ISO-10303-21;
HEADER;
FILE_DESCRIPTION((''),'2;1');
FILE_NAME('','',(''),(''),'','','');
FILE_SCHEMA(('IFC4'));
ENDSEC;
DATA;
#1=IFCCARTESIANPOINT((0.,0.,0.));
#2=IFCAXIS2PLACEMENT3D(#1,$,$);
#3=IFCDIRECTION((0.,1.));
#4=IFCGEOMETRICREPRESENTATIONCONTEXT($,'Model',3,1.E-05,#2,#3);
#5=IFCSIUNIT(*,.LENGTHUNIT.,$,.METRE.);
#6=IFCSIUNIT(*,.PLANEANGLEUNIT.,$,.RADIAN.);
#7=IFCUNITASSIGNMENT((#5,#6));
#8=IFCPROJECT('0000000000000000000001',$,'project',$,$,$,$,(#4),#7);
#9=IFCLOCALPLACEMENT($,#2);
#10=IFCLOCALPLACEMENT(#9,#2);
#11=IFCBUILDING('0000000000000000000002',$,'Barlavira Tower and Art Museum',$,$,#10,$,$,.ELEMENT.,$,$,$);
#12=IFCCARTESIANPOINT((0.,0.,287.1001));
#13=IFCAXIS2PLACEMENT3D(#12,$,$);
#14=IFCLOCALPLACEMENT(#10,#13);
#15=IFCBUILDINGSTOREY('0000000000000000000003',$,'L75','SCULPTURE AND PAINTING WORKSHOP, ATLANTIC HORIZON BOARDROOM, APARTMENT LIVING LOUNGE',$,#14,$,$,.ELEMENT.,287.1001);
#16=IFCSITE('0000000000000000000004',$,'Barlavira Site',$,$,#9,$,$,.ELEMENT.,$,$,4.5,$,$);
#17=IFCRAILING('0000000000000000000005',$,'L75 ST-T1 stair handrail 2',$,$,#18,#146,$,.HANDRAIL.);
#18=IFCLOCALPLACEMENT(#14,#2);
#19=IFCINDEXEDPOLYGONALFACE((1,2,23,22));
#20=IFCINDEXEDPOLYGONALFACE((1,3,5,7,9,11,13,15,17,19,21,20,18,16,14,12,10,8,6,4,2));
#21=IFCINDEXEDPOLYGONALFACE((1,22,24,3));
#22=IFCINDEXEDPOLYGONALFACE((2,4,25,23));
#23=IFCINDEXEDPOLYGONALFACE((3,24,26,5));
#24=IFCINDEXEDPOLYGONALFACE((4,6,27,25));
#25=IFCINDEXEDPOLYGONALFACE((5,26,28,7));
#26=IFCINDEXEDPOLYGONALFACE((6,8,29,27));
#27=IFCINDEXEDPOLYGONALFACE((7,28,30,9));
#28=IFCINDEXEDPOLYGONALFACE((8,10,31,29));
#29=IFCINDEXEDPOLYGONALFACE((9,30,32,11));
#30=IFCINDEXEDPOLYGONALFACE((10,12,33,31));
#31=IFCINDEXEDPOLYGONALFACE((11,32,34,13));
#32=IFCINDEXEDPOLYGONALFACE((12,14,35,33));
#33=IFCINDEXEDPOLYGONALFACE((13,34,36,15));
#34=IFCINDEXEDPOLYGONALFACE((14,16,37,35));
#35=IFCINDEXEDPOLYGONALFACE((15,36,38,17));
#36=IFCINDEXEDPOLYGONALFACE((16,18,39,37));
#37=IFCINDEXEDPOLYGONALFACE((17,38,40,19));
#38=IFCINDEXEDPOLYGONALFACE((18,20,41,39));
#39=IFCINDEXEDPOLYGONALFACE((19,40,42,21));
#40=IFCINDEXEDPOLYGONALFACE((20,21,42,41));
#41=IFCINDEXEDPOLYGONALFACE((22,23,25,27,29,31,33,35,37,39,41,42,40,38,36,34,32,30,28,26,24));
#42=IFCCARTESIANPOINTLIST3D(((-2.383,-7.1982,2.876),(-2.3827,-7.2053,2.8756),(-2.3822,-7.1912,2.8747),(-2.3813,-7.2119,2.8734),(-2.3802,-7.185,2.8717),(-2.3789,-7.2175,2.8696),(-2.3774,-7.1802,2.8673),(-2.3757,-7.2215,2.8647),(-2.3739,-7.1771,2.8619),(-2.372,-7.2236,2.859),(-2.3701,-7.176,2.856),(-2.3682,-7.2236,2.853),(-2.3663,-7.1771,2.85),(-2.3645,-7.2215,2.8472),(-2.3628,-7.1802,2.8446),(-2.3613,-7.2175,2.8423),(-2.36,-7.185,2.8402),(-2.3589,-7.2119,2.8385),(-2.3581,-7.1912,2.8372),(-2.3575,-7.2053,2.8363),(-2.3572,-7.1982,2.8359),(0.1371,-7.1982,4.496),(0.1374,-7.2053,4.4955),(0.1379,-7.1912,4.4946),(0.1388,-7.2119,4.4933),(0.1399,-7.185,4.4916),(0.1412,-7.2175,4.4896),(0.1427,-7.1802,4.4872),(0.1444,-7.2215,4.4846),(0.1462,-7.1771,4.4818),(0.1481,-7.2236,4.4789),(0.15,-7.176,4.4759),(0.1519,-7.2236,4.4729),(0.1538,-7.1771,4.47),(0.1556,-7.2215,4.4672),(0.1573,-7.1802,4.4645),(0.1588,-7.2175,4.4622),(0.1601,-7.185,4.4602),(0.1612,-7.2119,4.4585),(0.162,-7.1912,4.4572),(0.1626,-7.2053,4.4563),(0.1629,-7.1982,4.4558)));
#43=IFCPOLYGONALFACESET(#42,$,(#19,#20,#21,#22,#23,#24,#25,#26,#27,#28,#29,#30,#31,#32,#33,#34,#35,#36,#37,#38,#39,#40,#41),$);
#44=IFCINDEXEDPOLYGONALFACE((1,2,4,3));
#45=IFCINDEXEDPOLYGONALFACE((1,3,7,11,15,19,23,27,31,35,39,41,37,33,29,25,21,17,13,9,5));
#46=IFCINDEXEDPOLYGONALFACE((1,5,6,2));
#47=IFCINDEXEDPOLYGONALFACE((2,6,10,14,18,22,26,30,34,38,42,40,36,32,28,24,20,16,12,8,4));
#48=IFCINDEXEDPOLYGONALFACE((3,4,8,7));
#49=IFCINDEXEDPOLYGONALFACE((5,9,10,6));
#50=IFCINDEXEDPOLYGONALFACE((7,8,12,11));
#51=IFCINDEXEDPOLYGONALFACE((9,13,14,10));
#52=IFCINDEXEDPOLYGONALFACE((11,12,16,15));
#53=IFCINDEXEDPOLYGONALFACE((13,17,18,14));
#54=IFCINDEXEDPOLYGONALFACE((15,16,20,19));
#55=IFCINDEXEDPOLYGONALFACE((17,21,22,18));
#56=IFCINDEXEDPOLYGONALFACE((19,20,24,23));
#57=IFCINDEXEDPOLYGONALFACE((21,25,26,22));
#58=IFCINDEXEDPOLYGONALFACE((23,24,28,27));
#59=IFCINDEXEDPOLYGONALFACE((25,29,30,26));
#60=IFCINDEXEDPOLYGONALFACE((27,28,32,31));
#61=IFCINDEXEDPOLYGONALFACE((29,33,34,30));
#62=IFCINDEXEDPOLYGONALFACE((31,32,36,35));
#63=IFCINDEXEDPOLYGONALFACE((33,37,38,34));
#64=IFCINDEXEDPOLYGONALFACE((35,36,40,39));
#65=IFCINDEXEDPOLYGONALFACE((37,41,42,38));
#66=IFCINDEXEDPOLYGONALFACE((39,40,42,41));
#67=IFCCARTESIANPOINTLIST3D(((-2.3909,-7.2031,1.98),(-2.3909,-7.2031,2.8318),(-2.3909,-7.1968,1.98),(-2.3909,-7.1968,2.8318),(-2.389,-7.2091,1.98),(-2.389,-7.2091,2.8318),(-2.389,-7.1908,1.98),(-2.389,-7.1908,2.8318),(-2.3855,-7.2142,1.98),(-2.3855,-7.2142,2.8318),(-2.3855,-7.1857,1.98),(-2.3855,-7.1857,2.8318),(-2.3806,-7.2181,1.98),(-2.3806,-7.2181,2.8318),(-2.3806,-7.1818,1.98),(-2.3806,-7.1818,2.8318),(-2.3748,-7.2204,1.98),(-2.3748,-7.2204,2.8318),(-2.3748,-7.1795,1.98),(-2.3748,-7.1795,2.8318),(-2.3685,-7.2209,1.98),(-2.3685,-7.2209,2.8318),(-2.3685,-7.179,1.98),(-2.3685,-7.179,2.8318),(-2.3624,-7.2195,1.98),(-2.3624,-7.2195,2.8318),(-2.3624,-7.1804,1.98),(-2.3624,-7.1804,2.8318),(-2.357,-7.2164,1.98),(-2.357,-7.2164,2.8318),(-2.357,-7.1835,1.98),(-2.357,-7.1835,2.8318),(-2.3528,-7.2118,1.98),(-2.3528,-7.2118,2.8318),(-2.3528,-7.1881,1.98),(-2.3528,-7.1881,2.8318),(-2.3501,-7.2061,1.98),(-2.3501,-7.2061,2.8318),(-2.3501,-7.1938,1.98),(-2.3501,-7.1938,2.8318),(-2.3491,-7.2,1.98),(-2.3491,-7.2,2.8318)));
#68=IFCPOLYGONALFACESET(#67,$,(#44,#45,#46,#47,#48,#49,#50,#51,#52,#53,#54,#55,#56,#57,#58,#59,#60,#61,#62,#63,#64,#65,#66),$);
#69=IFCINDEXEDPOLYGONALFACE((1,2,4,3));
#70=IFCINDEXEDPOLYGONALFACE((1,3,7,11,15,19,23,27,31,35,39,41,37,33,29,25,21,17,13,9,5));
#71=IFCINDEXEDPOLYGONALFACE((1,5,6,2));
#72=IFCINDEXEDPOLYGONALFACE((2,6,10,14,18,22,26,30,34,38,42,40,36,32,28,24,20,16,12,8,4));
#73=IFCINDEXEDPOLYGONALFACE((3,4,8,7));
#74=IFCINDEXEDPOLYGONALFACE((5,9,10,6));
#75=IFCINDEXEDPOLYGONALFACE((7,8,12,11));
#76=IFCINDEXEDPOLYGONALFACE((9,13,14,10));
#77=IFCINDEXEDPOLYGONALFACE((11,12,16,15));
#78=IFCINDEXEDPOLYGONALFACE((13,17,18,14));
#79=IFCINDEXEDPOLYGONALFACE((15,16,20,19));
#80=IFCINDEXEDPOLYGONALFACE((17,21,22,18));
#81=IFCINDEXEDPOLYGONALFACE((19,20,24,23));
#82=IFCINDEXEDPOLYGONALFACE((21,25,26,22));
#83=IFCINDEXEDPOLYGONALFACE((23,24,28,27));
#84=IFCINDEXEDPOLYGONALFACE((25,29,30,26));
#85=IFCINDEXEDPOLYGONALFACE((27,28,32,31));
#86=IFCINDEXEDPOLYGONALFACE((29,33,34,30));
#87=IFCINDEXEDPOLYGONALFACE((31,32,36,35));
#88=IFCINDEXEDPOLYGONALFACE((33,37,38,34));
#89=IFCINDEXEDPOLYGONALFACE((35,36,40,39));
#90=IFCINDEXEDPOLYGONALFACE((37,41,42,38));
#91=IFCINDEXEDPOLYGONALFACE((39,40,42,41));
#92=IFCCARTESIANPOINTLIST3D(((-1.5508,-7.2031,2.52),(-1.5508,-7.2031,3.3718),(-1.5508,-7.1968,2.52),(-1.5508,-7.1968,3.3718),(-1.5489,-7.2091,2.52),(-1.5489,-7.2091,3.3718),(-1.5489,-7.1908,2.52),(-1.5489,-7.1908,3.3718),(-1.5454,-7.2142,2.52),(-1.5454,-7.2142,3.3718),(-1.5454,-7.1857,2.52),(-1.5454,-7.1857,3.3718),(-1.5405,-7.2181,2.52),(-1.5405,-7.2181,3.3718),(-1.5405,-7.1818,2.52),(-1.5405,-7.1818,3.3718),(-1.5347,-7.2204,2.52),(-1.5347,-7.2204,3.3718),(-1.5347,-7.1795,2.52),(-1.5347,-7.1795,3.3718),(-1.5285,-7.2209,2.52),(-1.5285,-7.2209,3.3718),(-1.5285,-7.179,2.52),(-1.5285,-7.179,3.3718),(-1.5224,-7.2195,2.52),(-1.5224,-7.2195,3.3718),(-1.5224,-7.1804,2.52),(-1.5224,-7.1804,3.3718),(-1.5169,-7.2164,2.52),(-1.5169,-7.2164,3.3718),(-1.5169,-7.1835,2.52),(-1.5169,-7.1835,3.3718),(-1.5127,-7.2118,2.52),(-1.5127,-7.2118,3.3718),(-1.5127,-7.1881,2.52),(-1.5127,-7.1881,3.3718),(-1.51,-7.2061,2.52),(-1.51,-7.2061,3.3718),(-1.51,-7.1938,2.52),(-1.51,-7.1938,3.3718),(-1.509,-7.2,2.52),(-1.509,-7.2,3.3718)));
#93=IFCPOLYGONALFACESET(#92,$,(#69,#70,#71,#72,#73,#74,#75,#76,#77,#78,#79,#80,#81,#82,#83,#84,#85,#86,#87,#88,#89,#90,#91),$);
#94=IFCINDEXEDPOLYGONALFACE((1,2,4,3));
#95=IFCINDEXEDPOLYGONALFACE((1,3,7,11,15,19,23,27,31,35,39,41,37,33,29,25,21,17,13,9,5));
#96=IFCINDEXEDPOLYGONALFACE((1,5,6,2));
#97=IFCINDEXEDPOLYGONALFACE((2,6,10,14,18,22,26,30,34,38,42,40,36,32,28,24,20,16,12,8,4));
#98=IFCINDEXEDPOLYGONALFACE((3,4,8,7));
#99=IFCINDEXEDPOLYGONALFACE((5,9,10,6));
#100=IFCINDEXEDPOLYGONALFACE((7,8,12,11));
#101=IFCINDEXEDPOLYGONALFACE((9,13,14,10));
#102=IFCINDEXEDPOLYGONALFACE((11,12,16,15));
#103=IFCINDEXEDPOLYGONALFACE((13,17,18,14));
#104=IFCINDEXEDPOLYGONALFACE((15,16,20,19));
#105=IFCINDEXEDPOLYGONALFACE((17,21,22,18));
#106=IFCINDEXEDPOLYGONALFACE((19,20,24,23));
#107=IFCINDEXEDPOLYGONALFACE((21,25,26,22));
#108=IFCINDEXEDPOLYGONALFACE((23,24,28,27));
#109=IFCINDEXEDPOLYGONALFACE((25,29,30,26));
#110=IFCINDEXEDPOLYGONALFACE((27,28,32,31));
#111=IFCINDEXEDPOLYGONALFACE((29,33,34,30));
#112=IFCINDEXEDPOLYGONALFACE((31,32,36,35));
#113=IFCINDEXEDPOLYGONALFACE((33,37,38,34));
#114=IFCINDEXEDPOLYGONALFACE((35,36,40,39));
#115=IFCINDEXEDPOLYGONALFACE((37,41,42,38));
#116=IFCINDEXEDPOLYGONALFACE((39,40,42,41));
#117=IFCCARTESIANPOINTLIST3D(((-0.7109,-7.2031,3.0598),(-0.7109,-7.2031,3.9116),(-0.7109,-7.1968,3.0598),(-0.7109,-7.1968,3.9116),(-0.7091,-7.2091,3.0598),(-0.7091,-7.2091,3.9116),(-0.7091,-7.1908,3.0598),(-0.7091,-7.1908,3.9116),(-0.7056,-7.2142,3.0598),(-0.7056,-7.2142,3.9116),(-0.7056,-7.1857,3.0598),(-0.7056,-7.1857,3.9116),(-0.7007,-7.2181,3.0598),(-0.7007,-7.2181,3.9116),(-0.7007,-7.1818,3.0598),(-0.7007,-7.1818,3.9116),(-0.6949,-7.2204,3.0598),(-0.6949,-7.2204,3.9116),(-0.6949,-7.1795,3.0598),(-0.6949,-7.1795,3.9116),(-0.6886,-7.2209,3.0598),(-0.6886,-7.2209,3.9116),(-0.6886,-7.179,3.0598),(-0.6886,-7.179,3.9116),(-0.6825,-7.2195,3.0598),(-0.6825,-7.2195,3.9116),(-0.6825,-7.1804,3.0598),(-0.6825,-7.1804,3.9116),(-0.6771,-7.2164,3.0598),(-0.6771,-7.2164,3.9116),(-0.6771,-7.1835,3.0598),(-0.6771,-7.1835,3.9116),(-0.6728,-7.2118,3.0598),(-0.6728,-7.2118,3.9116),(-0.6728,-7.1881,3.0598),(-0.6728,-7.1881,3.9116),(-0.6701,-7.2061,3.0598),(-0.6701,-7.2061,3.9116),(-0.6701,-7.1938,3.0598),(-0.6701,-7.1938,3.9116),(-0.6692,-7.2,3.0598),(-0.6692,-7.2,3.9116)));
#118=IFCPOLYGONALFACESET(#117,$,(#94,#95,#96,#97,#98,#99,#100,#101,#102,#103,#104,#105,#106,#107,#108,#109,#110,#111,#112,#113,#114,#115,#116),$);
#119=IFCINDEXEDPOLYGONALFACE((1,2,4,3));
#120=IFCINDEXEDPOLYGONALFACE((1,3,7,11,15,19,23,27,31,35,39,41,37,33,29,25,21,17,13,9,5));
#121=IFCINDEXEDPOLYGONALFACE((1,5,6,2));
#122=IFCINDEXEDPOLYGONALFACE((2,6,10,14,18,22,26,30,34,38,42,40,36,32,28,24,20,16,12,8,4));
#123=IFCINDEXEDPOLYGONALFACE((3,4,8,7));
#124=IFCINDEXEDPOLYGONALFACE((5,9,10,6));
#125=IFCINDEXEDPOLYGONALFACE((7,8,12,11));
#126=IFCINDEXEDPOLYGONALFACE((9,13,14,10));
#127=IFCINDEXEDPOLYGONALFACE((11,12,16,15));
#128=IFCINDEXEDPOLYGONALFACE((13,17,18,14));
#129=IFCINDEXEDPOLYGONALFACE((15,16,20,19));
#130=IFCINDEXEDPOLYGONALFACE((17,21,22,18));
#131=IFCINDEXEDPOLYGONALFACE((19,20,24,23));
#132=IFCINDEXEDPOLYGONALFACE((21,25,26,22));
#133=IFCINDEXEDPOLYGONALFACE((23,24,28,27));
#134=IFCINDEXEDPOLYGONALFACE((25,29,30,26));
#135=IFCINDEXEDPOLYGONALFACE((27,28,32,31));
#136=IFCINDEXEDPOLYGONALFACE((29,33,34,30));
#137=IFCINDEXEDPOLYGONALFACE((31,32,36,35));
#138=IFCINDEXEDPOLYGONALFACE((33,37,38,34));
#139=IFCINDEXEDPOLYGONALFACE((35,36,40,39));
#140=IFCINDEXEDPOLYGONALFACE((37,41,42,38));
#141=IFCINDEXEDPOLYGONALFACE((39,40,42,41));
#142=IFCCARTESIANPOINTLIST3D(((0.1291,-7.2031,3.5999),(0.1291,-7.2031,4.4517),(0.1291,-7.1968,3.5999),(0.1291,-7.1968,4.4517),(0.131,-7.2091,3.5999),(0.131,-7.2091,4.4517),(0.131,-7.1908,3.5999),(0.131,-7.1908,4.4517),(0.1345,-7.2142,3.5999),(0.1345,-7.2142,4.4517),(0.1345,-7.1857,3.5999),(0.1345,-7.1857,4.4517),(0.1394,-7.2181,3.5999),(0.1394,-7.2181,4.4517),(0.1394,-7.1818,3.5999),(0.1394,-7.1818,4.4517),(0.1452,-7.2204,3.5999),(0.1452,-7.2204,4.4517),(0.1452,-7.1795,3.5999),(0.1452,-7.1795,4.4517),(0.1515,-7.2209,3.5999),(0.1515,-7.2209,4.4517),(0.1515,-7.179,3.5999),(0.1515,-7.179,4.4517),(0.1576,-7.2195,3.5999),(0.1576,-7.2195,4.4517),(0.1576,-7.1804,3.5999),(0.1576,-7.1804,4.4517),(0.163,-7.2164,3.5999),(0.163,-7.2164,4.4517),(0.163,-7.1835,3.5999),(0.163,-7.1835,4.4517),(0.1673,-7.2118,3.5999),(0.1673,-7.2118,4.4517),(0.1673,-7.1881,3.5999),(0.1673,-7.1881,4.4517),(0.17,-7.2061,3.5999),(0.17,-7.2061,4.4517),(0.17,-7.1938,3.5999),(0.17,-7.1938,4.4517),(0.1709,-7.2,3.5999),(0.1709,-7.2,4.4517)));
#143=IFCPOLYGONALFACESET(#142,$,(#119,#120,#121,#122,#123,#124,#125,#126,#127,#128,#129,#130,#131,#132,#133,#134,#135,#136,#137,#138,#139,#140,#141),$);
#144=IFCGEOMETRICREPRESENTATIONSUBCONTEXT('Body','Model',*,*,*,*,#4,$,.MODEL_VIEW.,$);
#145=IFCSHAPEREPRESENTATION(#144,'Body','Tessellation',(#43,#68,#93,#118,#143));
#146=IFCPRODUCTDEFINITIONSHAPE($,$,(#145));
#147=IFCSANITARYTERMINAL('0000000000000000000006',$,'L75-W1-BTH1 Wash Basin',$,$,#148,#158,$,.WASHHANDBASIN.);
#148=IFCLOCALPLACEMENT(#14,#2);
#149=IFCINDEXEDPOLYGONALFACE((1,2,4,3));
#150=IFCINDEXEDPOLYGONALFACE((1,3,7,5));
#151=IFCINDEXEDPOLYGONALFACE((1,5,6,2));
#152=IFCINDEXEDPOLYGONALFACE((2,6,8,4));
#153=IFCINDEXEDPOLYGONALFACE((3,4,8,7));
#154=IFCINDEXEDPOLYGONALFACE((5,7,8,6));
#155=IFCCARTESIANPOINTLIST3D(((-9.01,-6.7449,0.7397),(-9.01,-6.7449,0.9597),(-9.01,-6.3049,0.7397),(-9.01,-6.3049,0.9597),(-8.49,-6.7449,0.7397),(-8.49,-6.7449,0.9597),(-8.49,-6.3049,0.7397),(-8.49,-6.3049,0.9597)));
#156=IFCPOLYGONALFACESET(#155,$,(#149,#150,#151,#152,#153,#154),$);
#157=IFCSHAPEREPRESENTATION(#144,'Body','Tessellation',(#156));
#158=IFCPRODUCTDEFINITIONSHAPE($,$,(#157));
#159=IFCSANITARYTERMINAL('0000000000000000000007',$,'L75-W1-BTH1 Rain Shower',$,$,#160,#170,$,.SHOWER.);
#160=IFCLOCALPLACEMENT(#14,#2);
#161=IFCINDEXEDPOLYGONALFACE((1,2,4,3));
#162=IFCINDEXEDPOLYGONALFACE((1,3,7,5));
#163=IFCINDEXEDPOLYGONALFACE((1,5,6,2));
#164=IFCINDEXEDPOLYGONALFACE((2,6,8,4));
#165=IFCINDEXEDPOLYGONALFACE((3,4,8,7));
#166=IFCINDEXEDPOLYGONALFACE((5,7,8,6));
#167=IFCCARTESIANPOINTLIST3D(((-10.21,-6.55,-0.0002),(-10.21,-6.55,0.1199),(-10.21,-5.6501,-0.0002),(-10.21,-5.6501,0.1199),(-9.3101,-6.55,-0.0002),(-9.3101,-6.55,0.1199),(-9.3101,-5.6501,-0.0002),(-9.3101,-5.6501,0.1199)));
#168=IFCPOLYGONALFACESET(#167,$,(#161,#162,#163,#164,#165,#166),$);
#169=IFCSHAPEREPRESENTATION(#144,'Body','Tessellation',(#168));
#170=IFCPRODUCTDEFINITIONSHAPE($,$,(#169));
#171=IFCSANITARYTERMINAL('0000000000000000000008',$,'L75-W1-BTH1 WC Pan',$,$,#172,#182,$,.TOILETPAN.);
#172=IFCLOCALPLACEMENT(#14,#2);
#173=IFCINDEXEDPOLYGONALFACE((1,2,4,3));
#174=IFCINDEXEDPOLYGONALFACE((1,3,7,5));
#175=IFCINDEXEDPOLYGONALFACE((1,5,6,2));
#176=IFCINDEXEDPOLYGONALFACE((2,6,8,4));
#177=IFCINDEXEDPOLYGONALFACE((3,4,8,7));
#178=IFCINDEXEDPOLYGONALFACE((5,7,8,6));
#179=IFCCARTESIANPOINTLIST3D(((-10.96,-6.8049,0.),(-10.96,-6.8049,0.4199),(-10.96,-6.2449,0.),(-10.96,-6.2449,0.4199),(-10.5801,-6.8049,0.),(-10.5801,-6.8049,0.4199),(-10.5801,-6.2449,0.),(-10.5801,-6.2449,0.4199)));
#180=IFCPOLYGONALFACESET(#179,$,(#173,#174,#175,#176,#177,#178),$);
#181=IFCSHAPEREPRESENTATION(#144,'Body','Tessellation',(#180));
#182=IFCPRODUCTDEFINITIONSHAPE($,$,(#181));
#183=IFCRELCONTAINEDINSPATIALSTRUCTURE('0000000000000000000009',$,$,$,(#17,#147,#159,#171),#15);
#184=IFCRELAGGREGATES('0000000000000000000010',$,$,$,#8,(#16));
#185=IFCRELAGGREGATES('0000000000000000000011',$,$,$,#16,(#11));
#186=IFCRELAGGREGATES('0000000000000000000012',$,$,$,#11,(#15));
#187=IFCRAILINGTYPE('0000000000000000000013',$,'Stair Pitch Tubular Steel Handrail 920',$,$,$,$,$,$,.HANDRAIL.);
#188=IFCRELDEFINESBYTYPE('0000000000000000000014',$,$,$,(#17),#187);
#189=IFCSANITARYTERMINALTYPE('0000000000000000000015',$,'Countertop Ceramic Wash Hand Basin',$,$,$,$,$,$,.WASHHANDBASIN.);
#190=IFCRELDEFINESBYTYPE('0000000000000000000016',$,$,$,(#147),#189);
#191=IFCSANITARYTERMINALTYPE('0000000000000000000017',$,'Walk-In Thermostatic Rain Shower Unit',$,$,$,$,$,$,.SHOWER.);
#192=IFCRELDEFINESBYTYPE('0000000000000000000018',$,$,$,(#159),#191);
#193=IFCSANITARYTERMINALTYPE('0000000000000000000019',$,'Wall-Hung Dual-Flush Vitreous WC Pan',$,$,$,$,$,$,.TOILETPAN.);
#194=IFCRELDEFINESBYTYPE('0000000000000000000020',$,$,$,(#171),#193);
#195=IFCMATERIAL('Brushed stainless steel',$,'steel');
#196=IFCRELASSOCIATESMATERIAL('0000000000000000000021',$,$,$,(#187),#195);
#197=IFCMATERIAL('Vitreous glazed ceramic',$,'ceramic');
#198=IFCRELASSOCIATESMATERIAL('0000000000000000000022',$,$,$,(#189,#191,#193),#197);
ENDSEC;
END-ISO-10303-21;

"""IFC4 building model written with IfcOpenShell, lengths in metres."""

from ifc_helpers import new_model, si_unit, direction, frame, origin, origin_2d, place, context, subcontext, project, spatial, rectangle, circle, extrude, material, type_object, element, save


model = new_model("IFC4")

# Units and contexts
model_context = context("Model", 3, precision=1e-05, world=origin(), true_north=direction((0.0, 1.0)))
body_context = subcontext(model_context, "Body", "Model", "MODEL_VIEW")
ifc_project = project(units=[si_unit("LENGTHUNIT", "METRE"), si_unit("PLANEANGLEUNIT", "RADIAN")], contexts=[model_context])

# Site, building, storey
site_placement = place(None, origin())
site = spatial("IfcSite", under=ifc_project, at=site_placement, Name="Barlavira Site", CompositionType="ELEMENT", RefElevation=4.5)
building_placement = place(site_placement, origin())
building = spatial("IfcBuilding", under=site, at=building_placement, Name="Barlavira Tower and Art Museum", CompositionType="ELEMENT")
storey_placement = place(building_placement, frame((0.0, 0.0, 287.1001)))
storey = spatial("IfcBuildingStorey", under=building, at=storey_placement, Name="L75", Description="SCULPTURE AND PAINTING WORKSHOP, ATLANTIC HORIZON BOARDROOM, APARTMENT LIVING LOUNGE", CompositionType="ELEMENT", Elevation=287.1001)

# Shared definitions
ifc_material_1 = material(Name="Brushed stainless steel", Category="steel")

# Railing
railing_type_1 = type_object("IfcRailingType", Name="Stair Pitch Tubular Steel Handrail 920", PredefinedType="HANDRAIL", material=ifc_material_1)
railing_1_placement = place(storey_placement, frame((-2.3701, -7.2, 1.98)))
element("IfcRailing", 1, at=railing_1_placement, inside=storey, type_object=railing_type_1, Name="L75 ST-T1 stair handrail 2", PredefinedType="HANDRAIL", context=body_context, shape_type="SweptSolid", body=[
    extrude(circle(Radius=0.0239, at=origin_2d()), frame((0.0, 0.0, 0.876), z_axis=(0.8412, 0.0, 0.540725), x_axis=(0.0, 1.0, 0.0)), (0.0, 0.0, 1.0), 2.9958),
    extrude(circle(Radius=0.021, at=origin_2d()), origin(), (0.0, 0.0, 1.0), 0.8518),
    extrude(circle(Radius=0.021, at=origin_2d()), frame((0.8401, 0.0, 0.54)), (0.0, 0.0, 1.0), 0.8518),
    extrude(circle(Radius=0.021, at=origin_2d()), frame((1.6799, 0.0, 1.0798)), (0.0, 0.0, 1.0), 0.8518),
    extrude(circle(Radius=0.021, at=origin_2d()), frame((2.52, 0.0, 1.6199)), (0.0, 0.0, 1.0), 0.8518),
])

# Sanitary terminals
ifc_material_2 = material(Name="Vitreous glazed ceramic", Category="ceramic")
sanitary_terminal_type_1 = type_object("IfcSanitaryTerminalType", Name="Countertop Ceramic Wash Hand Basin", PredefinedType="WASHHANDBASIN", material=ifc_material_2)
sanitary_terminal_1_placement = place(storey_placement, frame((-8.75, -6.5249, 0.7397), z_axis=(0.0, 0.0, 1.0), x_axis=(1.0, 0.0, 0.0)))
element("IfcSanitaryTerminal", 2, at=sanitary_terminal_1_placement, inside=storey, type_object=sanitary_terminal_type_1, Name="L75-W1-BTH1 Wash Basin", PredefinedType="WASHHANDBASIN", context=body_context, shape_type="SweptSolid", body=[
    extrude(rectangle(XDim=0.52, YDim=0.4399, at=origin_2d()), origin(), (0.0, 0.0, 1.0), 0.22),
])
sanitary_terminal_type_2 = type_object("IfcSanitaryTerminalType", Name="Walk-In Thermostatic Rain Shower Unit", PredefinedType="SHOWER", material=ifc_material_2)
sanitary_terminal_2_placement = place(storey_placement, frame((-9.76, -6.1001, -0.0002), z_axis=(0.0, 0.0, 1.0), x_axis=(1.0, 0.0, 0.0)))
element("IfcSanitaryTerminal", 3, at=sanitary_terminal_2_placement, inside=storey, type_object=sanitary_terminal_type_2, Name="L75-W1-BTH1 Rain Shower", PredefinedType="SHOWER", context=body_context, shape_type="SweptSolid", body=[
    extrude(rectangle(XDim=0.8999, YDim=0.8999, at=origin_2d()), origin(), (0.0, 0.0, 1.0), 0.1201),
])
sanitary_terminal_type_3 = type_object("IfcSanitaryTerminalType", Name="Wall-Hung Dual-Flush Vitreous WC Pan", PredefinedType="TOILETPAN", material=ifc_material_2)
sanitary_terminal_3_placement = place(storey_placement, frame((-10.77, -6.5249, 0.0), z_axis=(0.0, 0.0, 1.0), x_axis=(1.0, 0.0, 0.0)))
element("IfcSanitaryTerminal", 4, at=sanitary_terminal_3_placement, inside=storey, type_object=sanitary_terminal_type_3, Name="L75-W1-BTH1 WC Pan", PredefinedType="TOILETPAN", context=body_context, shape_type="SweptSolid", body=[
    extrude(rectangle(XDim=0.3799, YDim=0.5601, at=origin_2d()), origin(), (0.0, 0.0, 1.0), 0.4199),
])

save(model, "model.ifc")
